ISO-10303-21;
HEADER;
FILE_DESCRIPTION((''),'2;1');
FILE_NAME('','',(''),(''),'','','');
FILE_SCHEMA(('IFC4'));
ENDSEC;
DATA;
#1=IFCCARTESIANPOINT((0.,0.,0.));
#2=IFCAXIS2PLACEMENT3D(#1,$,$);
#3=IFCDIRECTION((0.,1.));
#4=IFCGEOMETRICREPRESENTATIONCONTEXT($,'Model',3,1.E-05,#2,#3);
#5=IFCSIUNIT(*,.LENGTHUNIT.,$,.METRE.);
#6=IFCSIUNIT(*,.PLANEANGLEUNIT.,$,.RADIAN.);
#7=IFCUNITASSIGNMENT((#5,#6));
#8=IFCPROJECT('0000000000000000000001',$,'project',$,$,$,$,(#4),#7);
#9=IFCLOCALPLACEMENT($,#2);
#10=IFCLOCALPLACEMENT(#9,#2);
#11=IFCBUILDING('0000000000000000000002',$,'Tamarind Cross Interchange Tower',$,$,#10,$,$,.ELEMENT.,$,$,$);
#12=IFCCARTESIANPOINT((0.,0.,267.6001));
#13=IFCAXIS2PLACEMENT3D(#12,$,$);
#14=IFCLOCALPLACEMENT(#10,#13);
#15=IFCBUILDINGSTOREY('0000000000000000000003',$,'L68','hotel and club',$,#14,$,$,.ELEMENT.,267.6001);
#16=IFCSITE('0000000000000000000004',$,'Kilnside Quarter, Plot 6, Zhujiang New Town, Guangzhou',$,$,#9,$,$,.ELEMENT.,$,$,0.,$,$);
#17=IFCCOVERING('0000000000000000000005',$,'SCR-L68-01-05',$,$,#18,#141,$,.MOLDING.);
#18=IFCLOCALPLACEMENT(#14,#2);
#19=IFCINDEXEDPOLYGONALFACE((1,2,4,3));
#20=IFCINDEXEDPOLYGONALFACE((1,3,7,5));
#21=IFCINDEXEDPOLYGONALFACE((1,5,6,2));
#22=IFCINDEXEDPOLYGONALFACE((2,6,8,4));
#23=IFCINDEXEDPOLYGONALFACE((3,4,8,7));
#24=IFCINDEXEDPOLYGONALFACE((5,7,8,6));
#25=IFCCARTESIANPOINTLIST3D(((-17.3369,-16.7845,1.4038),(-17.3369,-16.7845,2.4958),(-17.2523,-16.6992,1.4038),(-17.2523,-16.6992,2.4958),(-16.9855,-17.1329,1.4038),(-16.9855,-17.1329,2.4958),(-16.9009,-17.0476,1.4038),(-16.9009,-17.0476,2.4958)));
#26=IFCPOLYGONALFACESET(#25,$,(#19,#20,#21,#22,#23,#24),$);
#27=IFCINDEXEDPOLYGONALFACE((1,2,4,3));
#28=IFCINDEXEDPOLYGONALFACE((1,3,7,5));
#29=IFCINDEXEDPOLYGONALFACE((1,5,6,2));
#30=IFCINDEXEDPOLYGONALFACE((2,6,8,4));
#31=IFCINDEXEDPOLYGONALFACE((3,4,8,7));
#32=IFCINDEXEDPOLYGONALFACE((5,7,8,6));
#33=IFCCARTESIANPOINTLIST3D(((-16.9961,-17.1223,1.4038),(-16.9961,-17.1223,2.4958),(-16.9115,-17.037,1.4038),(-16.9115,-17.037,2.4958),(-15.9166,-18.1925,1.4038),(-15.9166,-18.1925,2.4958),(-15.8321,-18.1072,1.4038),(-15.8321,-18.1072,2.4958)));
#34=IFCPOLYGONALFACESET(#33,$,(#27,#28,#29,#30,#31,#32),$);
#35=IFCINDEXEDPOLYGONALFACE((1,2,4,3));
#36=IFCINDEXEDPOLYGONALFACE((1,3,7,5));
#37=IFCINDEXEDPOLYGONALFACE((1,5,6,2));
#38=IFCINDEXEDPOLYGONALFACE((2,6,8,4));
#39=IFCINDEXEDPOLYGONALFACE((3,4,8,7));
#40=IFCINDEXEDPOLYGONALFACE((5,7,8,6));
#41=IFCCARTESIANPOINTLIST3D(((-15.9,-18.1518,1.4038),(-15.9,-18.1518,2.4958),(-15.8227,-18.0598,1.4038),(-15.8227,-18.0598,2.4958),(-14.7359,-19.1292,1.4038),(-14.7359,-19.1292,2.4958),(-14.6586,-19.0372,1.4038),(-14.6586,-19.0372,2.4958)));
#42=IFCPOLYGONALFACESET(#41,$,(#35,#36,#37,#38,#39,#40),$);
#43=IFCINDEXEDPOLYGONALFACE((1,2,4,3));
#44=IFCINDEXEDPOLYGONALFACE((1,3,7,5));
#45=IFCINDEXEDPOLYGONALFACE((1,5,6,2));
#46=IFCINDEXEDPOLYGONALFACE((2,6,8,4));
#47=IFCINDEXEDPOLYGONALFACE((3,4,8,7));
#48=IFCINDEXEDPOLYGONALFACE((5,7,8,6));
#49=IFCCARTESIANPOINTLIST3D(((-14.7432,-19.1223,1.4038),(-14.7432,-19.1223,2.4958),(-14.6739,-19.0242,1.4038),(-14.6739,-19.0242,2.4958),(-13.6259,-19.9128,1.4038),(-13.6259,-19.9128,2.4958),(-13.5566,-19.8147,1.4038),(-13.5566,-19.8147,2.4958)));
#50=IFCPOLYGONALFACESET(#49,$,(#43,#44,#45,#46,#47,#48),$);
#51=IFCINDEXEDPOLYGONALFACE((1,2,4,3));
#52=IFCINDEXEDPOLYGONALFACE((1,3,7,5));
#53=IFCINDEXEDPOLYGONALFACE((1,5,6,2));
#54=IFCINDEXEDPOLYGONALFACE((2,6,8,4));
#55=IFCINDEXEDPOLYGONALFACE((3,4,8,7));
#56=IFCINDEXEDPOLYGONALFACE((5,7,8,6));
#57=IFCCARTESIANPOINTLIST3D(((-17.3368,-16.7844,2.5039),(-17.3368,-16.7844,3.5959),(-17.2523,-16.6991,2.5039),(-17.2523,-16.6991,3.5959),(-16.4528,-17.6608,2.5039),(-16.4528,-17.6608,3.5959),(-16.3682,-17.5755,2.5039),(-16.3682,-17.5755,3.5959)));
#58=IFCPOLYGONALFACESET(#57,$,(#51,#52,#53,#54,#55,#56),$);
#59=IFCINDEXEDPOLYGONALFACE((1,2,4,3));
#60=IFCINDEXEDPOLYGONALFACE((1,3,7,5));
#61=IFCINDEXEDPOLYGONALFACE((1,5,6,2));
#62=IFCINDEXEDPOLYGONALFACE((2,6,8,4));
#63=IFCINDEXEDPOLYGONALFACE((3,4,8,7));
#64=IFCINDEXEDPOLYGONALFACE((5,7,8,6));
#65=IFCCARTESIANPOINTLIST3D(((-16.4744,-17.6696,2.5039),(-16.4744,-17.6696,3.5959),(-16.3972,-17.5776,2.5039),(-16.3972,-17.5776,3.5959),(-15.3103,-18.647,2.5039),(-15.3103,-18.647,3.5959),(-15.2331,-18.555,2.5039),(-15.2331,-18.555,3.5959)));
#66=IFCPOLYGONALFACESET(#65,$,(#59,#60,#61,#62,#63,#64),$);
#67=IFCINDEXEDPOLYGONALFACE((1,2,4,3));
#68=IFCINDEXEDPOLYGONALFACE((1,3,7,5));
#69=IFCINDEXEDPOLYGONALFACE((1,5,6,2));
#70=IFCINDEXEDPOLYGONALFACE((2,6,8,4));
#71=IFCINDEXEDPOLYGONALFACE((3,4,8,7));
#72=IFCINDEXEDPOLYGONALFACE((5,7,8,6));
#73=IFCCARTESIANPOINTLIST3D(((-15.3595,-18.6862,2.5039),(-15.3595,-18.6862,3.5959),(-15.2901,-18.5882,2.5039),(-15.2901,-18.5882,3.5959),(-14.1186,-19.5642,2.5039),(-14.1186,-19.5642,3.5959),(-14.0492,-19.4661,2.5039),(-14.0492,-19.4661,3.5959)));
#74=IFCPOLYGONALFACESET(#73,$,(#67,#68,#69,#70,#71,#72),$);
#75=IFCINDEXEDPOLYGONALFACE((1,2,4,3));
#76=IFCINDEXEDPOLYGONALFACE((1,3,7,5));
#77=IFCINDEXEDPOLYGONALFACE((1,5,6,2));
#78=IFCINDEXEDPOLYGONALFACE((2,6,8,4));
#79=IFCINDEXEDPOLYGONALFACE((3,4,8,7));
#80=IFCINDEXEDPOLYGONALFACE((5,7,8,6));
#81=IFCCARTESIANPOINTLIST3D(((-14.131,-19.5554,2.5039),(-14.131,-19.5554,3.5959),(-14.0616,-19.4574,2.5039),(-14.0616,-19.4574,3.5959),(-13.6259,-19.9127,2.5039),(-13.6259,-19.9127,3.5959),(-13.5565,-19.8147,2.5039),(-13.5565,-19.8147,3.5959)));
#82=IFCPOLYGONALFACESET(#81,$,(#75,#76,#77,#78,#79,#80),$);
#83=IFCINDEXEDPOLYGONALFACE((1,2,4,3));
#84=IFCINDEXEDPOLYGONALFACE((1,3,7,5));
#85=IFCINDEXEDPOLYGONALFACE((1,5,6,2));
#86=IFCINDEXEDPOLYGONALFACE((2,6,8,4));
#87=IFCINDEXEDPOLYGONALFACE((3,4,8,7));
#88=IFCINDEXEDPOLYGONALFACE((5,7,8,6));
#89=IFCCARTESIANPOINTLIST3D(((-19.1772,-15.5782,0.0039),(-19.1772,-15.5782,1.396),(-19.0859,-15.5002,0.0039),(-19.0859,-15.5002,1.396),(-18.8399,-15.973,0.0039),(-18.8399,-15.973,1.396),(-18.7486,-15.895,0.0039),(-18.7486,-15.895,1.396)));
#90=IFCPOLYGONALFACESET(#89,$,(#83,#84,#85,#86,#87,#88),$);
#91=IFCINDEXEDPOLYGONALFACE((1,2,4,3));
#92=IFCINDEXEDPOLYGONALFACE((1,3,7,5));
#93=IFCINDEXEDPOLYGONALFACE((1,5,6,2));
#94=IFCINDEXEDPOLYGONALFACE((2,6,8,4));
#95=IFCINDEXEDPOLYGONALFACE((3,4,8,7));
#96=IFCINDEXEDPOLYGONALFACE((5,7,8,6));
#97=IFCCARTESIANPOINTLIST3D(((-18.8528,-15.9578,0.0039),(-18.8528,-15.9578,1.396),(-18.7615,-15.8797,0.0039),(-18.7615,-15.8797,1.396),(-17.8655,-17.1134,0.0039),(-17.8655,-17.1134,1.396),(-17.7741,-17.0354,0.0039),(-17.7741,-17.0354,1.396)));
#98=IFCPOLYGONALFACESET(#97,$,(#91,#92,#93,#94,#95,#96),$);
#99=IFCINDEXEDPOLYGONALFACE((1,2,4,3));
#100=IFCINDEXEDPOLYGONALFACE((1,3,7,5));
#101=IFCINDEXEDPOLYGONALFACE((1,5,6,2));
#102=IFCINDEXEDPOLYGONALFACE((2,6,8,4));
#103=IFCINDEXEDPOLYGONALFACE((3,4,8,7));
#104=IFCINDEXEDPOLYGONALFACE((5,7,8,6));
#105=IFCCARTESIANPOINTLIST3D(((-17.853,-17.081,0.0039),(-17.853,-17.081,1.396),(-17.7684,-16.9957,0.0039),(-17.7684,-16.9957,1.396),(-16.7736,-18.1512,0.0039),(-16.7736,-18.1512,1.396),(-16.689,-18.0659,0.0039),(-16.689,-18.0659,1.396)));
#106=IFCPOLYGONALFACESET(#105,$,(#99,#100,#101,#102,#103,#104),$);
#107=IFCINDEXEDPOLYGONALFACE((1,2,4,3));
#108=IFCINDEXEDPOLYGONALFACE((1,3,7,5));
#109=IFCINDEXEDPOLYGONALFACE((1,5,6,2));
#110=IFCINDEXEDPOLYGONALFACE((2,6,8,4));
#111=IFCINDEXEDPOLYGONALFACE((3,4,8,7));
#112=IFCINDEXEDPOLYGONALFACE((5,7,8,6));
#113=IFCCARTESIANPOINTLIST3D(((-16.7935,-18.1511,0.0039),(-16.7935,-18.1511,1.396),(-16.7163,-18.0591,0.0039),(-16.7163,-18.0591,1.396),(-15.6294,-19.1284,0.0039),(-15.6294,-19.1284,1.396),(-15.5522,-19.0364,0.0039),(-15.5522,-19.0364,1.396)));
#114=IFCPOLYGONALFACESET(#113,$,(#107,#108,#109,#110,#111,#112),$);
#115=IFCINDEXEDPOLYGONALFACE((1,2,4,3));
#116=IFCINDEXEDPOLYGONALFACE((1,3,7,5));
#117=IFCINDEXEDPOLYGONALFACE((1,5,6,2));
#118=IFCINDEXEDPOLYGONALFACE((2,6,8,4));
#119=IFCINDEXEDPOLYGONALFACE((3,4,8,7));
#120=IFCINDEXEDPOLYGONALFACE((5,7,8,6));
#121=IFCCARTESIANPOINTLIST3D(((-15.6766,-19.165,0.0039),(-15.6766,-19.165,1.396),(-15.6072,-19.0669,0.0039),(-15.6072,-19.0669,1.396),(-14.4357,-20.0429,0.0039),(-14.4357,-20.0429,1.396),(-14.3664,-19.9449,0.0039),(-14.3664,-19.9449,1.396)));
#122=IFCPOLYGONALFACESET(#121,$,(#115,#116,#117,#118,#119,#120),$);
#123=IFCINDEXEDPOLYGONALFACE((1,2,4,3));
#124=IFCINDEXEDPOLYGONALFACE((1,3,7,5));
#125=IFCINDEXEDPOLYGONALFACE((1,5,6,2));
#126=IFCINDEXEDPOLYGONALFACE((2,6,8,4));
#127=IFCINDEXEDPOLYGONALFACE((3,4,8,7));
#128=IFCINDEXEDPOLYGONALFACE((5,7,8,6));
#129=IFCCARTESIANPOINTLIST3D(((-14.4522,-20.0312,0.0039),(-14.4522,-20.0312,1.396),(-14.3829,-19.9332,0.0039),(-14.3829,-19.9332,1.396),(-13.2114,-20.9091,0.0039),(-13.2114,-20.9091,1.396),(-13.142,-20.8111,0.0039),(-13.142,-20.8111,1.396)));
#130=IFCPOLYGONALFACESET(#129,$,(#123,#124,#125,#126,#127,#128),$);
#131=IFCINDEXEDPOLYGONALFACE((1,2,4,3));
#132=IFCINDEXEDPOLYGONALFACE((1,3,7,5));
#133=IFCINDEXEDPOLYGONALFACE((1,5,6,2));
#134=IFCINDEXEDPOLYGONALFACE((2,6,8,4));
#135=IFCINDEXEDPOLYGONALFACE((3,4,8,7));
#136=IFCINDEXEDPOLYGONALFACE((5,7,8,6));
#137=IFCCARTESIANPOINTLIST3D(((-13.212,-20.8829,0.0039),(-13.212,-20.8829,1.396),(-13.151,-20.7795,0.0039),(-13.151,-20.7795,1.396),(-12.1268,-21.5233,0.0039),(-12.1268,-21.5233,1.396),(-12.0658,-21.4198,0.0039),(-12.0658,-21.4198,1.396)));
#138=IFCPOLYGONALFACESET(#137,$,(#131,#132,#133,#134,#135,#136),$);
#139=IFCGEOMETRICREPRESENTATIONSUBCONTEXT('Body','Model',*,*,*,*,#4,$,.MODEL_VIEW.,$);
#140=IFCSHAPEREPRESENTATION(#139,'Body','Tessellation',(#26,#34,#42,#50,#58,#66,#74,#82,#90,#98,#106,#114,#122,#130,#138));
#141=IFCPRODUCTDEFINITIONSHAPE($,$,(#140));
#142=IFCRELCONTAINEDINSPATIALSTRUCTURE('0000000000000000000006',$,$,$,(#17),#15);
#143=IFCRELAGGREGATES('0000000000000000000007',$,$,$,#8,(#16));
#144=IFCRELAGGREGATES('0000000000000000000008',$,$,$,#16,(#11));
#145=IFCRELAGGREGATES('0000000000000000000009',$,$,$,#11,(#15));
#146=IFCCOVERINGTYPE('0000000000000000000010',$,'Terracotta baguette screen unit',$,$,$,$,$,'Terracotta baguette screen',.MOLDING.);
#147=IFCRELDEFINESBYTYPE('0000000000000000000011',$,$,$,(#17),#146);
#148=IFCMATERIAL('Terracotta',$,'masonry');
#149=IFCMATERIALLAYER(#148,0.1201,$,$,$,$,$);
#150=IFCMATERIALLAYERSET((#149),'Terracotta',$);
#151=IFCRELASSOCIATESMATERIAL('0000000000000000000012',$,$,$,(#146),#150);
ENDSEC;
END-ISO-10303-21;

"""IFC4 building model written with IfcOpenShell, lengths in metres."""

from ifc_helpers import new_model, si_unit, direction, frame, origin, origin_2d, place, context, subcontext, project, spatial, rectangle, extrude, material, layer, layer_set, type_object, element, save


model = new_model("IFC4")

# Units and contexts
model_context = context("Model", 3, precision=1e-05, world=origin(), true_north=direction((0.0, 1.0)))
body_context = subcontext(model_context, "Body", "Model", "MODEL_VIEW")
ifc_project = project(units=[si_unit("LENGTHUNIT", "METRE"), si_unit("PLANEANGLEUNIT", "RADIAN")], contexts=[model_context])

# Site, building, storey
site_placement = place(None, origin())
site = spatial("IfcSite", under=ifc_project, at=site_placement, Name="Kilnside Quarter, Plot 6, Zhujiang New Town, Guangzhou", CompositionType="ELEMENT", RefElevation=0.0)
building_placement = place(site_placement, origin())
building = spatial("IfcBuilding", under=site, at=building_placement, Name="Tamarind Cross Interchange Tower", CompositionType="ELEMENT")
storey_placement = place(building_placement, frame((0.0, 0.0, 267.6001)))
storey = spatial("IfcBuildingStorey", under=building, at=storey_placement, Name="L68", Description="hotel and club", CompositionType="ELEMENT", Elevation=267.6001)

# Covering
ifc_material_1 = material(Name="Terracotta", Category="masonry")
ifc_layer_1 = layer(ifc_material_1, 0.1201)
ifc_layer_set_1 = layer_set([ifc_layer_1], Name="Terracotta")
covering_type = type_object("IfcCoveringType", Name="Terracotta baguette screen unit", ElementType="Terracotta baguette screen", PredefinedType="MOLDING", material=ifc_layer_set_1)
covering_1_placement = place(storey_placement, origin())
element("IfcCovering", 1, at=covering_1_placement, inside=storey, type_object=covering_type, Name="SCR-L68-01-05", PredefinedType="MOLDING", context=body_context, shape_type="SweptSolid", body=[
    extrude(rectangle(XDim=0.4949, YDim=0.1201, at=origin_2d()), frame((-17.1189, -16.916, 1.4038), z_axis=(0.0, 0.0, 1.0), x_axis=(0.710143, -0.704057, 0.0)), (0.0, 0.0, 1.0), 1.092),
    extrude(rectangle(XDim=1.52, YDim=0.1201, at=origin_2d()), frame((-16.4141, -17.6147, 1.4038), z_axis=(0.0, 0.0, 1.0), x_axis=(0.710143, -0.704057, 0.0)), (0.0, 0.0, 1.0), 1.092),
    extrude(rectangle(XDim=1.52, YDim=0.1201, at=origin_2d()), frame((-15.2793, -18.5945, 1.4038), z_axis=(0.0, 0.0, 1.0), x_axis=(0.765858, -0.643009, 0.0)), (0.0, 0.0, 1.0), 1.092),
    extrude(rectangle(XDim=1.3687, YDim=0.1201, at=origin_2d()), frame((-14.1499, -19.4685, 1.4038), z_axis=(0.0, 0.0, 1.0), x_axis=(0.816342, -0.577569, 0.0)), (0.0, 0.0, 1.0), 1.092),
    extrude(rectangle(XDim=1.2449, YDim=0.1201, at=origin_2d()), frame((-16.8525, -17.1799, 2.5039), z_axis=(0.0, 0.0, 1.0), x_axis=(0.710143, -0.704057, 0.0)), (0.0, 0.0, 1.0), 1.092),
    extrude(rectangle(XDim=1.52, YDim=0.1201, at=origin_2d()), frame((-15.8538, -18.1123, 2.5039), z_axis=(0.0, 0.0, 1.0), x_axis=(0.765858, -0.643009, 0.0)), (0.0, 0.0, 1.0), 1.092),
    extrude(rectangle(XDim=1.52, YDim=0.1201, at=origin_2d()), frame((-14.7043, -19.0762, 2.5039), z_axis=(0.0, 0.0, 1.0), x_axis=(0.816342, -0.577569, 0.0)), (0.0, 0.0, 1.0), 1.092),
    extrude(rectangle(XDim=0.6187, YDim=0.1201, at=origin_2d()), frame((-13.8438, -19.6851, 2.5039), z_axis=(0.0, 0.0, 1.0), x_axis=(0.816342, -0.577569, 0.0)), (0.0, 0.0, 1.0), 1.092),
    extrude(rectangle(XDim=0.5193, YDim=0.1201, at=origin_2d()), frame((-18.9629, -15.7366, 0.0039), z_axis=(0.0, 0.0, 1.0), x_axis=(0.649577, -0.760296, 0.0)), (0.0, 0.0, 1.0), 1.3921),
    extrude(rectangle(XDim=1.52, YDim=0.1201, at=origin_2d()), frame((-18.3135, -16.4966, 0.0039), z_axis=(0.0, 0.0, 1.0), x_axis=(0.649577, -0.760296, 0.0)), (0.0, 0.0, 1.0), 1.3921),
    extrude(rectangle(XDim=1.52, YDim=0.1201, at=origin_2d()), frame((-17.271, -17.5735, 0.0039), z_axis=(0.0, 0.0, 1.0), x_axis=(0.710143, -0.704057, 0.0)), (0.0, 0.0, 1.0), 1.3921),
    extrude(rectangle(XDim=1.52, YDim=0.1201, at=origin_2d()), frame((-16.1729, -18.5938, 0.0039), z_axis=(0.0, 0.0, 1.0), x_axis=(0.765858, -0.643009, 0.0)), (0.0, 0.0, 1.0), 1.3921),
    extrude(rectangle(XDim=1.52, YDim=0.1201, at=origin_2d()), frame((-15.0215, -19.5549, 0.0039), z_axis=(0.0, 0.0, 1.0), x_axis=(0.816342, -0.577569, 0.0)), (0.0, 0.0, 1.0), 1.3921),
    extrude(rectangle(XDim=1.52, YDim=0.1201, at=origin_2d()), frame((-13.7971, -20.4211, 0.0039), z_axis=(0.0, 0.0, 1.0), x_axis=(0.816342, -0.577569, 0.0)), (0.0, 0.0, 1.0), 1.3921),
    extrude(rectangle(XDim=1.26, YDim=0.1201, at=origin_2d()), frame((-12.6389, -21.1514, 0.0039), z_axis=(0.0, 0.0, 1.0), x_axis=(0.861249, -0.508183, 0.0)), (0.0, 0.0, 1.0), 1.3921),
])

save(model, "model.ifc")
